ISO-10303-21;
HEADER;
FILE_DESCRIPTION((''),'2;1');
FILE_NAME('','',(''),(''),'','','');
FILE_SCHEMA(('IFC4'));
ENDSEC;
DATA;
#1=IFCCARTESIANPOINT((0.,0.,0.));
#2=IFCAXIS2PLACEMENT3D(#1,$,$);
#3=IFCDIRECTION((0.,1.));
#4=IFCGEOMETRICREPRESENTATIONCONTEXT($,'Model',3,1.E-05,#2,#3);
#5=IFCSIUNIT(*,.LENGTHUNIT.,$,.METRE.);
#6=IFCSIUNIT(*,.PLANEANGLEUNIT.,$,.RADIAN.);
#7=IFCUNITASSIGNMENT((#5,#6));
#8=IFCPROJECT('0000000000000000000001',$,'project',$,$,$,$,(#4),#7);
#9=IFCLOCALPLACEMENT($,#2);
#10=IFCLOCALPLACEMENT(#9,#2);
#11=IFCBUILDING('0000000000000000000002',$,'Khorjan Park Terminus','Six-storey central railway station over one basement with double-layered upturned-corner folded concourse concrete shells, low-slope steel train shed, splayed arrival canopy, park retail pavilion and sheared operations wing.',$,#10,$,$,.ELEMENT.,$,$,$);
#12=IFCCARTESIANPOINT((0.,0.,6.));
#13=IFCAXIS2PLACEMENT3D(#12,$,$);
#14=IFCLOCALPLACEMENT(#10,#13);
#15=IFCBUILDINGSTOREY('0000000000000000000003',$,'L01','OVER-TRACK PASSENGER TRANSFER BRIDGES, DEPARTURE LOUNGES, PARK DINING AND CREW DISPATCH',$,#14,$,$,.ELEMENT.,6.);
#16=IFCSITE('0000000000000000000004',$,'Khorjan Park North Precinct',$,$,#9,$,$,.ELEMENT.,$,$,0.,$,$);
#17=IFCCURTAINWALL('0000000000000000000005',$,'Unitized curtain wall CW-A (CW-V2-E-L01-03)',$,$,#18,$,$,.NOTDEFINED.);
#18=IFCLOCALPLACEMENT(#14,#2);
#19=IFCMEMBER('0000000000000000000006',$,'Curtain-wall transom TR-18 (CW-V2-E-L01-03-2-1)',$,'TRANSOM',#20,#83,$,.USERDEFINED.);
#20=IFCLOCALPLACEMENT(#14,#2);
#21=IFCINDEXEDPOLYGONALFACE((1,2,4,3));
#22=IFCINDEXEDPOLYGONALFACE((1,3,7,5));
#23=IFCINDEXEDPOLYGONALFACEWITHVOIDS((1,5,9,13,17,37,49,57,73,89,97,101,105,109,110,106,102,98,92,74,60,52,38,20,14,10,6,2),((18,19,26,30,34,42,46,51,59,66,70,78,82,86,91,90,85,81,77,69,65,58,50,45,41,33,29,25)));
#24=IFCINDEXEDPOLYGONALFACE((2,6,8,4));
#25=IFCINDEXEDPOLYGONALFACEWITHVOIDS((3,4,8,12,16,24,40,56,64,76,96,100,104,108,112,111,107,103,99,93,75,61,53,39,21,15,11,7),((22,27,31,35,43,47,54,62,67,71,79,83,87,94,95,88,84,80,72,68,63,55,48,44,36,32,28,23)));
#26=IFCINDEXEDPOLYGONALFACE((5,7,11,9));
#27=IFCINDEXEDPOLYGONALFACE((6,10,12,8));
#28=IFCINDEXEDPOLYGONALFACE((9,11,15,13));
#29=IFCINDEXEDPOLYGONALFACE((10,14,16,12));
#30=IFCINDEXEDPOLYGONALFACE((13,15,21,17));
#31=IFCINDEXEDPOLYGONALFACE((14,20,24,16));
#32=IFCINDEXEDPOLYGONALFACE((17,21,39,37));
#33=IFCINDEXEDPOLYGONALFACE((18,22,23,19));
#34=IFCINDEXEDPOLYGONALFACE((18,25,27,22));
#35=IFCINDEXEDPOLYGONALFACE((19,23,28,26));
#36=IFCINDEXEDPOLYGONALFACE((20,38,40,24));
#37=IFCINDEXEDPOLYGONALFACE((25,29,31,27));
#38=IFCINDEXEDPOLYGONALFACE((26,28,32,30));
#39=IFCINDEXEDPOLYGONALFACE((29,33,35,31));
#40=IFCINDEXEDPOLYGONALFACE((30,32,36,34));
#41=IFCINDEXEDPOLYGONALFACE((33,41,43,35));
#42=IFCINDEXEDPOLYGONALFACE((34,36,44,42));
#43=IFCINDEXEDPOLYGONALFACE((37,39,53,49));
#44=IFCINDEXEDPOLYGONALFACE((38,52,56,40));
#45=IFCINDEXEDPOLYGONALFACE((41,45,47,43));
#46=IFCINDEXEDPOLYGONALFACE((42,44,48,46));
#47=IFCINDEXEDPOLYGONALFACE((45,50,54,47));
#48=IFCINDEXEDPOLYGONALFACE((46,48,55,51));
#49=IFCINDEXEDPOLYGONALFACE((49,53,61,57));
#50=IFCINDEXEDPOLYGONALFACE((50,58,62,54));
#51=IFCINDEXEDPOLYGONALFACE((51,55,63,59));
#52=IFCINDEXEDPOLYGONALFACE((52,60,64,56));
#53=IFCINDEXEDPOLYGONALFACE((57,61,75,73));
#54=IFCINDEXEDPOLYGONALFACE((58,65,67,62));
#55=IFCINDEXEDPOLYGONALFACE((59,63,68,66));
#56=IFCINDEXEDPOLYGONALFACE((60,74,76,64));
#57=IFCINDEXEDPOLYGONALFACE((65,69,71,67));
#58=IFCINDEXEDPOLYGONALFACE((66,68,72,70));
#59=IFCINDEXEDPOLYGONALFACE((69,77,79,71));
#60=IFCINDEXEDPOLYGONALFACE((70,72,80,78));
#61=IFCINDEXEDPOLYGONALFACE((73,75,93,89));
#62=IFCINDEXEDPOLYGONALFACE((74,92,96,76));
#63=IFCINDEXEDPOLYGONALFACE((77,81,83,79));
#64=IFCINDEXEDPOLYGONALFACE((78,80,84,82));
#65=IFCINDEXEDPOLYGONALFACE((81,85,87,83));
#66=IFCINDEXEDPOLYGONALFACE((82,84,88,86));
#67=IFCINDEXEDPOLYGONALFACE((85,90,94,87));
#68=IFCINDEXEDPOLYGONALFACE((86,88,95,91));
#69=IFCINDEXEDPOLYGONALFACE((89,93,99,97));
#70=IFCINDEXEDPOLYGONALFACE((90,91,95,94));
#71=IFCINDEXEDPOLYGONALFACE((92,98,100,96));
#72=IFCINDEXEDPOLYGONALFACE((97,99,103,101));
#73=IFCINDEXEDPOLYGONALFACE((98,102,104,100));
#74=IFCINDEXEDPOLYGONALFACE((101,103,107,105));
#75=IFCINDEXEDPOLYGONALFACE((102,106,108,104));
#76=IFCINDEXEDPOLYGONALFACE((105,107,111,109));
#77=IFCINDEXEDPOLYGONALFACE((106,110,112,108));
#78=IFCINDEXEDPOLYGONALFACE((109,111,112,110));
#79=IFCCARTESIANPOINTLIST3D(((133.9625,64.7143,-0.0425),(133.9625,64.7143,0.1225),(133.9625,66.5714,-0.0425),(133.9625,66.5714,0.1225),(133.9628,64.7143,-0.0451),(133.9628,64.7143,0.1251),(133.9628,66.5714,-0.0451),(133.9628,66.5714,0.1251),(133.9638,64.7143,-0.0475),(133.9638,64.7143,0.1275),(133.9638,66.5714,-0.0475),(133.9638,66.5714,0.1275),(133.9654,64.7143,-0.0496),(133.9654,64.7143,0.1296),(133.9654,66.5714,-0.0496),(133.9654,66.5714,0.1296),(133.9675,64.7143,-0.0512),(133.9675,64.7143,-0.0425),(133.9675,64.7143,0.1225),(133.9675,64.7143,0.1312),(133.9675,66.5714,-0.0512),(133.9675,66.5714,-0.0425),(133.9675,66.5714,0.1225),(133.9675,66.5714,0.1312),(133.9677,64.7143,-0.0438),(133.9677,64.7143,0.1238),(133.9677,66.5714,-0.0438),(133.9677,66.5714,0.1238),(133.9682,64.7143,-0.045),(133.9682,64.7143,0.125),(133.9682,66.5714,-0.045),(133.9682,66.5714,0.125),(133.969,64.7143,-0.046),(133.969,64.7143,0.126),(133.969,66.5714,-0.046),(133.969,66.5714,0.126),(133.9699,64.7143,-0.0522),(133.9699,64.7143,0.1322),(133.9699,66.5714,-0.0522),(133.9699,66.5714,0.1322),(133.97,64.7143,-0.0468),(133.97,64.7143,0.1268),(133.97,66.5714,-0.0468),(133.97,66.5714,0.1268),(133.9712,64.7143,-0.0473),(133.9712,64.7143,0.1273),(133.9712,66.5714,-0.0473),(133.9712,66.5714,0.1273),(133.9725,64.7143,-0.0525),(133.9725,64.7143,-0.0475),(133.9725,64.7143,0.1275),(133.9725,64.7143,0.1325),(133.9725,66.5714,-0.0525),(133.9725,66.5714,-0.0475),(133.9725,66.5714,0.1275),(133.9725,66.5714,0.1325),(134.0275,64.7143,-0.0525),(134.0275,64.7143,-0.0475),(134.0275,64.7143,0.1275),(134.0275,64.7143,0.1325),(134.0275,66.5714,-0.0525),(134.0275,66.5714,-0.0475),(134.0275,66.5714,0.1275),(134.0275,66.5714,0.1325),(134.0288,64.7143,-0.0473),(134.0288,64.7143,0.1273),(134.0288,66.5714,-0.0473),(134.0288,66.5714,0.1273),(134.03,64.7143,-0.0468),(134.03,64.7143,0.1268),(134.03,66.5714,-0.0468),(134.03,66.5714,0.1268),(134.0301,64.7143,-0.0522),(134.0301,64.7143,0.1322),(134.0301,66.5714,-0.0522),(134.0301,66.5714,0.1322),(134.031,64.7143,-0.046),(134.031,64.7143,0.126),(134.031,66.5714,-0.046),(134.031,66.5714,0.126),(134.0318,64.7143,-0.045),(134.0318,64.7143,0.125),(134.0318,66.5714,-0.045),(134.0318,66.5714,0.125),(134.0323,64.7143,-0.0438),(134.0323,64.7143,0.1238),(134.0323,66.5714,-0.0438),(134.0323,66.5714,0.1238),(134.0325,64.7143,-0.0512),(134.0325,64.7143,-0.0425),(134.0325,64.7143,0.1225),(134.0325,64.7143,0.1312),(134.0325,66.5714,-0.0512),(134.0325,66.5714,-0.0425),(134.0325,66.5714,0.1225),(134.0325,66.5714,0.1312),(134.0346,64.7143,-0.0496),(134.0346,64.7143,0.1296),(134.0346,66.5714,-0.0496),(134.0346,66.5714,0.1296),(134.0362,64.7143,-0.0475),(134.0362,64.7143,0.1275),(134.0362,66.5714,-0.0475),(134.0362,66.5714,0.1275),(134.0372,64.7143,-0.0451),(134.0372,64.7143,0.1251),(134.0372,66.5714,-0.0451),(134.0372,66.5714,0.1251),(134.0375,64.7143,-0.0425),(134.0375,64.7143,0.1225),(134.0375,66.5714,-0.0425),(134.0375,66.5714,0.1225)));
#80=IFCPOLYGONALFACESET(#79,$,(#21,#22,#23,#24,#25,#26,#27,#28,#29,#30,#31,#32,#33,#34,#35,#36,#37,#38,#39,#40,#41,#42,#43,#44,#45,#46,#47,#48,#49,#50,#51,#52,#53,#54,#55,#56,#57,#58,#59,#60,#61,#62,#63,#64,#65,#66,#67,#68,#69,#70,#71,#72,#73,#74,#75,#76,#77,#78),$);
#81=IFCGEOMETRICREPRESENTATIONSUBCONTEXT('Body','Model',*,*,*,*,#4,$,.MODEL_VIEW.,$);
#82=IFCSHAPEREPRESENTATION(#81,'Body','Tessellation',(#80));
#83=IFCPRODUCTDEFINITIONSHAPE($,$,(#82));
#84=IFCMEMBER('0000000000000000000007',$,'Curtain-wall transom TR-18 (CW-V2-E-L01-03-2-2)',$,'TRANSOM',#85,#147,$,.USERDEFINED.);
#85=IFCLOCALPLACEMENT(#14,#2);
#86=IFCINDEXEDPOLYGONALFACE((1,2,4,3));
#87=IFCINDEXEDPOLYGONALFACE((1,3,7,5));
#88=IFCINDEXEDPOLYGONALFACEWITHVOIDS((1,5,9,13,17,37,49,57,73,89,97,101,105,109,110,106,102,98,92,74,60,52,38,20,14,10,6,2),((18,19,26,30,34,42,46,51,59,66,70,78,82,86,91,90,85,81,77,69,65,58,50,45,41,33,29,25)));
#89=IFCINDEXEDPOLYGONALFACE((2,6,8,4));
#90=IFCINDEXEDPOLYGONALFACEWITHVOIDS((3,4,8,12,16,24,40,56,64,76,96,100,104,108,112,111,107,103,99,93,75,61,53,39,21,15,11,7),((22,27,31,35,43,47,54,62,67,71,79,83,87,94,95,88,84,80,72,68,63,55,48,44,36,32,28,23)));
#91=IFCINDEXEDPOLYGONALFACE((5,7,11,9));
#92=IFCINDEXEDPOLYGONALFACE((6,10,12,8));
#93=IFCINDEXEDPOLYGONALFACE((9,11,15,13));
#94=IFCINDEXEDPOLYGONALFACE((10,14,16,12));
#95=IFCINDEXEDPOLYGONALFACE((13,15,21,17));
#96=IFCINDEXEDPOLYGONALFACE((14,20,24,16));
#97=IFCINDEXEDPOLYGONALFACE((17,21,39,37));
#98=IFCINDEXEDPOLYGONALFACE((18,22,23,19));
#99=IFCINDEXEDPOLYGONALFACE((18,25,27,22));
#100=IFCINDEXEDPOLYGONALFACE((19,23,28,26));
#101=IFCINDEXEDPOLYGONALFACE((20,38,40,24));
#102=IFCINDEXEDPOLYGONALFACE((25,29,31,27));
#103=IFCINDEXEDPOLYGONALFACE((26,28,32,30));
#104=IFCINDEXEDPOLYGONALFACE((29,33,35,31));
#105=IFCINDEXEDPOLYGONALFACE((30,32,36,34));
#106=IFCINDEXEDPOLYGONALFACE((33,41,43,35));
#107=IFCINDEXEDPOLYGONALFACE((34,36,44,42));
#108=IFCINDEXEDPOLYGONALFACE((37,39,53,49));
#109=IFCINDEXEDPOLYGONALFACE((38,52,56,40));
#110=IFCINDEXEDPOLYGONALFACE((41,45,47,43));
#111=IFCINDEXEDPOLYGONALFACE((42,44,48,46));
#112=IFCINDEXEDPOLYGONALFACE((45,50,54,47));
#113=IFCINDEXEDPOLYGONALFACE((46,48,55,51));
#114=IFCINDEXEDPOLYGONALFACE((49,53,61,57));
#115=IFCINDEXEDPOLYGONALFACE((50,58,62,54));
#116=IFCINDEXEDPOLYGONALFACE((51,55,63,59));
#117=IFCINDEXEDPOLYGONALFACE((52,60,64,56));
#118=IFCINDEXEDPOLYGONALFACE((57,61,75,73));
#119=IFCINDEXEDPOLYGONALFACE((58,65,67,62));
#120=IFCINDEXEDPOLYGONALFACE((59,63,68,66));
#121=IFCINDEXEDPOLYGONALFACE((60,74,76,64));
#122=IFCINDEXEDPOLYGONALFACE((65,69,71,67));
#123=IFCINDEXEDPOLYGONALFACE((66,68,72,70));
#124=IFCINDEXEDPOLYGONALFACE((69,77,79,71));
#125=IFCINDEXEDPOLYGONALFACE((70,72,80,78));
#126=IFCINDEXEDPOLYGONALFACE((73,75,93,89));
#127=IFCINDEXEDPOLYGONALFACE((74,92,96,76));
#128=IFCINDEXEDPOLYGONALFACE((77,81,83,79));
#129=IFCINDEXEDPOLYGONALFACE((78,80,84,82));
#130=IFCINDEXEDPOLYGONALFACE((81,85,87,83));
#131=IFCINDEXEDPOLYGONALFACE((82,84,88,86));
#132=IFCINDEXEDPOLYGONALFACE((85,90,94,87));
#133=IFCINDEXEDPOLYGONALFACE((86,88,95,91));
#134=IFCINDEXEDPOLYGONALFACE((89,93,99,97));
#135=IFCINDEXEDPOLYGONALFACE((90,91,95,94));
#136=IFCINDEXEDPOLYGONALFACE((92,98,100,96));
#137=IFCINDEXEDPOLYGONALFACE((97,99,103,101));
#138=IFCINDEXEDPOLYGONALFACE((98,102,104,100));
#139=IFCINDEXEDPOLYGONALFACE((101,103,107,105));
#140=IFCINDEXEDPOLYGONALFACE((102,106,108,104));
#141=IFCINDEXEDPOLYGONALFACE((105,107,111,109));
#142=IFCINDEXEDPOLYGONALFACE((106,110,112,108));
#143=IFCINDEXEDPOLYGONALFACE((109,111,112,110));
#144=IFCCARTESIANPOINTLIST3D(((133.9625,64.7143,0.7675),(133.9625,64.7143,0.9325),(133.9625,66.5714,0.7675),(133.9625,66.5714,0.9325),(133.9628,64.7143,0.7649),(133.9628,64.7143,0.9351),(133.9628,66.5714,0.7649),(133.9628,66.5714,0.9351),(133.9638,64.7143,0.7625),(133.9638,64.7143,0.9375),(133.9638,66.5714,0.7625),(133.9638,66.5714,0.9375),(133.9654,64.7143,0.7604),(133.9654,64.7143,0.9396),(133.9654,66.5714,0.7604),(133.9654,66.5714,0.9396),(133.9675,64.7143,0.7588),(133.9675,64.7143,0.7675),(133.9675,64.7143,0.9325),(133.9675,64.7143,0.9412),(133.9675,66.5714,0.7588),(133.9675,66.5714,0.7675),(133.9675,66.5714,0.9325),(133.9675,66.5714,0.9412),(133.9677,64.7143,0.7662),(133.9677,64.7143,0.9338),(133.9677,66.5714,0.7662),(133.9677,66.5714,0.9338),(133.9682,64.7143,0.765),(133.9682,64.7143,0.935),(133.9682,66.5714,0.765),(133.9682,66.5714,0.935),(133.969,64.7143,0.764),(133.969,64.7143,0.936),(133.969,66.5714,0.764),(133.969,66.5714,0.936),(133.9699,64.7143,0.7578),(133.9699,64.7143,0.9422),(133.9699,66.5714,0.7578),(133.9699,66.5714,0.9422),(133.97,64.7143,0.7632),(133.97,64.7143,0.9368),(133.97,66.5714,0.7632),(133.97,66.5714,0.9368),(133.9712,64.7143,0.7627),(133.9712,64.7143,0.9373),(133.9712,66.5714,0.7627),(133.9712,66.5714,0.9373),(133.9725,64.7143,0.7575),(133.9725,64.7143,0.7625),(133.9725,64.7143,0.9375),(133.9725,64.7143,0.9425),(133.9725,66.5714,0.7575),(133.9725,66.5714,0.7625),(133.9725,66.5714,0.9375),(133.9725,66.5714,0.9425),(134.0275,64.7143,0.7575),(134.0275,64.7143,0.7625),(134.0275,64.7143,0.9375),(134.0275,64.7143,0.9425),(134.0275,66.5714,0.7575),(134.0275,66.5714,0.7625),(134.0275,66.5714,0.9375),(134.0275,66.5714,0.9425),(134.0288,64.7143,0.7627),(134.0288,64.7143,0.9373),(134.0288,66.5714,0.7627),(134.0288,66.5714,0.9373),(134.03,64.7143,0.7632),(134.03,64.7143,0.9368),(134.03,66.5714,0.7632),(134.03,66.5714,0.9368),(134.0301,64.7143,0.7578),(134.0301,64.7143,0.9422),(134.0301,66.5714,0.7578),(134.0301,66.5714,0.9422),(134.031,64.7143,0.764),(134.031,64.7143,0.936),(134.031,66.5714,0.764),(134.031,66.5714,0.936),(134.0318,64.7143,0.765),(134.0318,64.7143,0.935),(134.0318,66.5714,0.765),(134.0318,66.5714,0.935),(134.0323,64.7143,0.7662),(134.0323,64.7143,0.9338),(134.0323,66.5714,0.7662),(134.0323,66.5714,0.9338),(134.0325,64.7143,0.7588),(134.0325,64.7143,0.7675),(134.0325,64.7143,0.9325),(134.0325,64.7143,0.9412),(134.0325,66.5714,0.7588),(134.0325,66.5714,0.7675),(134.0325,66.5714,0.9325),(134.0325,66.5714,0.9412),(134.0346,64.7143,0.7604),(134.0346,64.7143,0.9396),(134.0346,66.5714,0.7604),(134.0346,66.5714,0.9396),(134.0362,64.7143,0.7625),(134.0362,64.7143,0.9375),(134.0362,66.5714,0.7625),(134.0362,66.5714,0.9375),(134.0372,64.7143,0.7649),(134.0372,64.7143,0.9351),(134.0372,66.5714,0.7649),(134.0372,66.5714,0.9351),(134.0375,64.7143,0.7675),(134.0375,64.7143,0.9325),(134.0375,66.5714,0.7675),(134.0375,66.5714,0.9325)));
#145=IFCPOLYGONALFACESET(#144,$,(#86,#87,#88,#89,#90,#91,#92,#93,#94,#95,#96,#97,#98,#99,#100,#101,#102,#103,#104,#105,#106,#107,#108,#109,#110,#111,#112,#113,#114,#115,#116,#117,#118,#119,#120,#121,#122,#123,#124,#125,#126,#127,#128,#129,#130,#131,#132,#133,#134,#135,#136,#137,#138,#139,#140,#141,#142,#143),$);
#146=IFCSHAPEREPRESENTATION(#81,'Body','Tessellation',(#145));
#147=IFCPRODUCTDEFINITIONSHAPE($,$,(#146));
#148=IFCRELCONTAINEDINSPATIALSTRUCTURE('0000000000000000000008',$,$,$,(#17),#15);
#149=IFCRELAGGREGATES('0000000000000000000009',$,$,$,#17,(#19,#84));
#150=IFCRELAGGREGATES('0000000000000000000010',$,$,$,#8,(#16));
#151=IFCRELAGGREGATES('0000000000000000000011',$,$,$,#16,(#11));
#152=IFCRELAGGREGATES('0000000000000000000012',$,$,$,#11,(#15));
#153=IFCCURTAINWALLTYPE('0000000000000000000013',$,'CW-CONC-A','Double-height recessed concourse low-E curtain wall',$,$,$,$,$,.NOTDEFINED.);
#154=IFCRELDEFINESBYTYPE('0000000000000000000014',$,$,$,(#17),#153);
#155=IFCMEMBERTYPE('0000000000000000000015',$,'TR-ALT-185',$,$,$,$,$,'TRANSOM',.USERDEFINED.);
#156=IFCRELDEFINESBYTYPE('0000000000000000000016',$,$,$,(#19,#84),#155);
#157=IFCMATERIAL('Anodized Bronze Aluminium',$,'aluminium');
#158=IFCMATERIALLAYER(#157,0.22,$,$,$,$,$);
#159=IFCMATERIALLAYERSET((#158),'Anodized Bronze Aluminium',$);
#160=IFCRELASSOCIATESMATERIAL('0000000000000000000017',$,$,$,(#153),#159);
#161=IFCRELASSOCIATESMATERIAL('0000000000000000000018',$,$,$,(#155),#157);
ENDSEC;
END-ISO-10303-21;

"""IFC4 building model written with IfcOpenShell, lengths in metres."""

from ifc_helpers import new_model, si_unit, direction, frame, origin, origin_2d, place, context, subcontext, project, spatial, hollow_rectangle, extrude, material, layer, layer_set, material_profile, profile_set, type_object, element, aggregate, save


model = new_model("IFC4")

# Units and contexts
model_context = context("Model", 3, precision=1e-05, world=origin(), true_north=direction((0.0, 1.0)))
body_context = subcontext(model_context, "Body", "Model", "MODEL_VIEW")
ifc_project = project(units=[si_unit("LENGTHUNIT", "METRE"), si_unit("PLANEANGLEUNIT", "RADIAN")], contexts=[model_context])

# Site, building, storey
site_placement = place(None, origin())
site = spatial("IfcSite", under=ifc_project, at=site_placement, Name="Khorjan Park North Precinct", CompositionType="ELEMENT", RefElevation=0.0)
building_placement = place(site_placement, origin())
building = spatial("IfcBuilding", under=site, at=building_placement, Name="Khorjan Park Terminus", Description="Six-storey central railway station over one basement with double-layered upturned-corner folded concourse concrete shells, low-slope steel train shed, splayed arrival canopy, park retail pavilion and sheared operations wing.", CompositionType="ELEMENT")
storey_placement = place(building_placement, frame((0.0, 0.0, 6.0)))
storey = spatial("IfcBuildingStorey", under=building, at=storey_placement, Name="L01", Description="OVER-TRACK PASSENGER TRANSFER BRIDGES, DEPARTURE LOUNGES, PARK DINING AND CREW DISPATCH", CompositionType="ELEMENT", Elevation=6.0)

# Shared definitions
ifc_material_1 = material(Name="Anodized Bronze Aluminium", Category="aluminium")
ifc_layer_1 = layer(ifc_material_1, 0.22)
ifc_layer_set_1 = layer_set([ifc_layer_1], Name="Anodized Bronze Aluminium")
curtain_wall_type = type_object("IfcCurtainWallType", Name="CW-CONC-A", Description="Double-height recessed concourse low-E curtain wall", PredefinedType="NOTDEFINED", material=ifc_layer_set_1)

# Curtain wall
curtain_wall_1_placement = place(storey_placement, origin())
curtain_wall_1 = element("IfcCurtainWall", 1, at=curtain_wall_1_placement, inside=storey, type_object=curtain_wall_type, Name="Unitized curtain wall CW-A (CW-V2-E-L01-03)", PredefinedType="NOTDEFINED")

# Members
ifc_material_profile_1 = material_profile(ifc_material_1, hollow_rectangle(XDim=0.075, YDim=0.185, WallThickness=0.005, InnerFilletRadius=0.005, OuterFilletRadius=0.01, at=origin_2d()), Name="ALT 75x185x5")
ifc_profile_set_1 = profile_set([ifc_material_profile_1], Name="Anodized Bronze Aluminium")
member_type_1 = type_object("IfcMemberType", Name="TR-ALT-185", ElementType="TRANSOM", PredefinedType="USERDEFINED", material=ifc_profile_set_1)
member_1_placement = place(storey_placement, frame((134.0, 64.7143, 0.04), z_axis=(0.0, 1.0, 0.0), x_axis=(-1.0, 0.0, 0.0)))
member_1 = element("IfcMember", 2, at=member_1_placement, type_object=member_type_1, Name="Curtain-wall transom TR-18 (CW-V2-E-L01-03-2-1)", ObjectType="TRANSOM", PredefinedType="USERDEFINED", context=body_context, shape_type="SweptSolid", body=[
    extrude(hollow_rectangle(XDim=0.075, YDim=0.185, WallThickness=0.005, InnerFilletRadius=0.005, OuterFilletRadius=0.01, at=origin_2d()), origin(), (0.0, 0.0, 1.0), 1.8571),
])
member_2_placement = place(storey_placement, frame((134.0, 64.7143, 0.85), z_axis=(0.0, 1.0, 0.0), x_axis=(-1.0, 0.0, 0.0)))
member_2 = element("IfcMember", 3, at=member_2_placement, type_object=member_type_1, Name="Curtain-wall transom TR-18 (CW-V2-E-L01-03-2-2)", ObjectType="TRANSOM", PredefinedType="USERDEFINED", context=body_context, shape_type="SweptSolid", body=[
    extrude(hollow_rectangle(XDim=0.075, YDim=0.185, WallThickness=0.005, InnerFilletRadius=0.005, OuterFilletRadius=0.01, at=origin_2d()), origin(), (0.0, 0.0, 1.0), 1.8571),
])

aggregate(curtain_wall_1, [member_1, member_2])

save(model, "model.ifc")
